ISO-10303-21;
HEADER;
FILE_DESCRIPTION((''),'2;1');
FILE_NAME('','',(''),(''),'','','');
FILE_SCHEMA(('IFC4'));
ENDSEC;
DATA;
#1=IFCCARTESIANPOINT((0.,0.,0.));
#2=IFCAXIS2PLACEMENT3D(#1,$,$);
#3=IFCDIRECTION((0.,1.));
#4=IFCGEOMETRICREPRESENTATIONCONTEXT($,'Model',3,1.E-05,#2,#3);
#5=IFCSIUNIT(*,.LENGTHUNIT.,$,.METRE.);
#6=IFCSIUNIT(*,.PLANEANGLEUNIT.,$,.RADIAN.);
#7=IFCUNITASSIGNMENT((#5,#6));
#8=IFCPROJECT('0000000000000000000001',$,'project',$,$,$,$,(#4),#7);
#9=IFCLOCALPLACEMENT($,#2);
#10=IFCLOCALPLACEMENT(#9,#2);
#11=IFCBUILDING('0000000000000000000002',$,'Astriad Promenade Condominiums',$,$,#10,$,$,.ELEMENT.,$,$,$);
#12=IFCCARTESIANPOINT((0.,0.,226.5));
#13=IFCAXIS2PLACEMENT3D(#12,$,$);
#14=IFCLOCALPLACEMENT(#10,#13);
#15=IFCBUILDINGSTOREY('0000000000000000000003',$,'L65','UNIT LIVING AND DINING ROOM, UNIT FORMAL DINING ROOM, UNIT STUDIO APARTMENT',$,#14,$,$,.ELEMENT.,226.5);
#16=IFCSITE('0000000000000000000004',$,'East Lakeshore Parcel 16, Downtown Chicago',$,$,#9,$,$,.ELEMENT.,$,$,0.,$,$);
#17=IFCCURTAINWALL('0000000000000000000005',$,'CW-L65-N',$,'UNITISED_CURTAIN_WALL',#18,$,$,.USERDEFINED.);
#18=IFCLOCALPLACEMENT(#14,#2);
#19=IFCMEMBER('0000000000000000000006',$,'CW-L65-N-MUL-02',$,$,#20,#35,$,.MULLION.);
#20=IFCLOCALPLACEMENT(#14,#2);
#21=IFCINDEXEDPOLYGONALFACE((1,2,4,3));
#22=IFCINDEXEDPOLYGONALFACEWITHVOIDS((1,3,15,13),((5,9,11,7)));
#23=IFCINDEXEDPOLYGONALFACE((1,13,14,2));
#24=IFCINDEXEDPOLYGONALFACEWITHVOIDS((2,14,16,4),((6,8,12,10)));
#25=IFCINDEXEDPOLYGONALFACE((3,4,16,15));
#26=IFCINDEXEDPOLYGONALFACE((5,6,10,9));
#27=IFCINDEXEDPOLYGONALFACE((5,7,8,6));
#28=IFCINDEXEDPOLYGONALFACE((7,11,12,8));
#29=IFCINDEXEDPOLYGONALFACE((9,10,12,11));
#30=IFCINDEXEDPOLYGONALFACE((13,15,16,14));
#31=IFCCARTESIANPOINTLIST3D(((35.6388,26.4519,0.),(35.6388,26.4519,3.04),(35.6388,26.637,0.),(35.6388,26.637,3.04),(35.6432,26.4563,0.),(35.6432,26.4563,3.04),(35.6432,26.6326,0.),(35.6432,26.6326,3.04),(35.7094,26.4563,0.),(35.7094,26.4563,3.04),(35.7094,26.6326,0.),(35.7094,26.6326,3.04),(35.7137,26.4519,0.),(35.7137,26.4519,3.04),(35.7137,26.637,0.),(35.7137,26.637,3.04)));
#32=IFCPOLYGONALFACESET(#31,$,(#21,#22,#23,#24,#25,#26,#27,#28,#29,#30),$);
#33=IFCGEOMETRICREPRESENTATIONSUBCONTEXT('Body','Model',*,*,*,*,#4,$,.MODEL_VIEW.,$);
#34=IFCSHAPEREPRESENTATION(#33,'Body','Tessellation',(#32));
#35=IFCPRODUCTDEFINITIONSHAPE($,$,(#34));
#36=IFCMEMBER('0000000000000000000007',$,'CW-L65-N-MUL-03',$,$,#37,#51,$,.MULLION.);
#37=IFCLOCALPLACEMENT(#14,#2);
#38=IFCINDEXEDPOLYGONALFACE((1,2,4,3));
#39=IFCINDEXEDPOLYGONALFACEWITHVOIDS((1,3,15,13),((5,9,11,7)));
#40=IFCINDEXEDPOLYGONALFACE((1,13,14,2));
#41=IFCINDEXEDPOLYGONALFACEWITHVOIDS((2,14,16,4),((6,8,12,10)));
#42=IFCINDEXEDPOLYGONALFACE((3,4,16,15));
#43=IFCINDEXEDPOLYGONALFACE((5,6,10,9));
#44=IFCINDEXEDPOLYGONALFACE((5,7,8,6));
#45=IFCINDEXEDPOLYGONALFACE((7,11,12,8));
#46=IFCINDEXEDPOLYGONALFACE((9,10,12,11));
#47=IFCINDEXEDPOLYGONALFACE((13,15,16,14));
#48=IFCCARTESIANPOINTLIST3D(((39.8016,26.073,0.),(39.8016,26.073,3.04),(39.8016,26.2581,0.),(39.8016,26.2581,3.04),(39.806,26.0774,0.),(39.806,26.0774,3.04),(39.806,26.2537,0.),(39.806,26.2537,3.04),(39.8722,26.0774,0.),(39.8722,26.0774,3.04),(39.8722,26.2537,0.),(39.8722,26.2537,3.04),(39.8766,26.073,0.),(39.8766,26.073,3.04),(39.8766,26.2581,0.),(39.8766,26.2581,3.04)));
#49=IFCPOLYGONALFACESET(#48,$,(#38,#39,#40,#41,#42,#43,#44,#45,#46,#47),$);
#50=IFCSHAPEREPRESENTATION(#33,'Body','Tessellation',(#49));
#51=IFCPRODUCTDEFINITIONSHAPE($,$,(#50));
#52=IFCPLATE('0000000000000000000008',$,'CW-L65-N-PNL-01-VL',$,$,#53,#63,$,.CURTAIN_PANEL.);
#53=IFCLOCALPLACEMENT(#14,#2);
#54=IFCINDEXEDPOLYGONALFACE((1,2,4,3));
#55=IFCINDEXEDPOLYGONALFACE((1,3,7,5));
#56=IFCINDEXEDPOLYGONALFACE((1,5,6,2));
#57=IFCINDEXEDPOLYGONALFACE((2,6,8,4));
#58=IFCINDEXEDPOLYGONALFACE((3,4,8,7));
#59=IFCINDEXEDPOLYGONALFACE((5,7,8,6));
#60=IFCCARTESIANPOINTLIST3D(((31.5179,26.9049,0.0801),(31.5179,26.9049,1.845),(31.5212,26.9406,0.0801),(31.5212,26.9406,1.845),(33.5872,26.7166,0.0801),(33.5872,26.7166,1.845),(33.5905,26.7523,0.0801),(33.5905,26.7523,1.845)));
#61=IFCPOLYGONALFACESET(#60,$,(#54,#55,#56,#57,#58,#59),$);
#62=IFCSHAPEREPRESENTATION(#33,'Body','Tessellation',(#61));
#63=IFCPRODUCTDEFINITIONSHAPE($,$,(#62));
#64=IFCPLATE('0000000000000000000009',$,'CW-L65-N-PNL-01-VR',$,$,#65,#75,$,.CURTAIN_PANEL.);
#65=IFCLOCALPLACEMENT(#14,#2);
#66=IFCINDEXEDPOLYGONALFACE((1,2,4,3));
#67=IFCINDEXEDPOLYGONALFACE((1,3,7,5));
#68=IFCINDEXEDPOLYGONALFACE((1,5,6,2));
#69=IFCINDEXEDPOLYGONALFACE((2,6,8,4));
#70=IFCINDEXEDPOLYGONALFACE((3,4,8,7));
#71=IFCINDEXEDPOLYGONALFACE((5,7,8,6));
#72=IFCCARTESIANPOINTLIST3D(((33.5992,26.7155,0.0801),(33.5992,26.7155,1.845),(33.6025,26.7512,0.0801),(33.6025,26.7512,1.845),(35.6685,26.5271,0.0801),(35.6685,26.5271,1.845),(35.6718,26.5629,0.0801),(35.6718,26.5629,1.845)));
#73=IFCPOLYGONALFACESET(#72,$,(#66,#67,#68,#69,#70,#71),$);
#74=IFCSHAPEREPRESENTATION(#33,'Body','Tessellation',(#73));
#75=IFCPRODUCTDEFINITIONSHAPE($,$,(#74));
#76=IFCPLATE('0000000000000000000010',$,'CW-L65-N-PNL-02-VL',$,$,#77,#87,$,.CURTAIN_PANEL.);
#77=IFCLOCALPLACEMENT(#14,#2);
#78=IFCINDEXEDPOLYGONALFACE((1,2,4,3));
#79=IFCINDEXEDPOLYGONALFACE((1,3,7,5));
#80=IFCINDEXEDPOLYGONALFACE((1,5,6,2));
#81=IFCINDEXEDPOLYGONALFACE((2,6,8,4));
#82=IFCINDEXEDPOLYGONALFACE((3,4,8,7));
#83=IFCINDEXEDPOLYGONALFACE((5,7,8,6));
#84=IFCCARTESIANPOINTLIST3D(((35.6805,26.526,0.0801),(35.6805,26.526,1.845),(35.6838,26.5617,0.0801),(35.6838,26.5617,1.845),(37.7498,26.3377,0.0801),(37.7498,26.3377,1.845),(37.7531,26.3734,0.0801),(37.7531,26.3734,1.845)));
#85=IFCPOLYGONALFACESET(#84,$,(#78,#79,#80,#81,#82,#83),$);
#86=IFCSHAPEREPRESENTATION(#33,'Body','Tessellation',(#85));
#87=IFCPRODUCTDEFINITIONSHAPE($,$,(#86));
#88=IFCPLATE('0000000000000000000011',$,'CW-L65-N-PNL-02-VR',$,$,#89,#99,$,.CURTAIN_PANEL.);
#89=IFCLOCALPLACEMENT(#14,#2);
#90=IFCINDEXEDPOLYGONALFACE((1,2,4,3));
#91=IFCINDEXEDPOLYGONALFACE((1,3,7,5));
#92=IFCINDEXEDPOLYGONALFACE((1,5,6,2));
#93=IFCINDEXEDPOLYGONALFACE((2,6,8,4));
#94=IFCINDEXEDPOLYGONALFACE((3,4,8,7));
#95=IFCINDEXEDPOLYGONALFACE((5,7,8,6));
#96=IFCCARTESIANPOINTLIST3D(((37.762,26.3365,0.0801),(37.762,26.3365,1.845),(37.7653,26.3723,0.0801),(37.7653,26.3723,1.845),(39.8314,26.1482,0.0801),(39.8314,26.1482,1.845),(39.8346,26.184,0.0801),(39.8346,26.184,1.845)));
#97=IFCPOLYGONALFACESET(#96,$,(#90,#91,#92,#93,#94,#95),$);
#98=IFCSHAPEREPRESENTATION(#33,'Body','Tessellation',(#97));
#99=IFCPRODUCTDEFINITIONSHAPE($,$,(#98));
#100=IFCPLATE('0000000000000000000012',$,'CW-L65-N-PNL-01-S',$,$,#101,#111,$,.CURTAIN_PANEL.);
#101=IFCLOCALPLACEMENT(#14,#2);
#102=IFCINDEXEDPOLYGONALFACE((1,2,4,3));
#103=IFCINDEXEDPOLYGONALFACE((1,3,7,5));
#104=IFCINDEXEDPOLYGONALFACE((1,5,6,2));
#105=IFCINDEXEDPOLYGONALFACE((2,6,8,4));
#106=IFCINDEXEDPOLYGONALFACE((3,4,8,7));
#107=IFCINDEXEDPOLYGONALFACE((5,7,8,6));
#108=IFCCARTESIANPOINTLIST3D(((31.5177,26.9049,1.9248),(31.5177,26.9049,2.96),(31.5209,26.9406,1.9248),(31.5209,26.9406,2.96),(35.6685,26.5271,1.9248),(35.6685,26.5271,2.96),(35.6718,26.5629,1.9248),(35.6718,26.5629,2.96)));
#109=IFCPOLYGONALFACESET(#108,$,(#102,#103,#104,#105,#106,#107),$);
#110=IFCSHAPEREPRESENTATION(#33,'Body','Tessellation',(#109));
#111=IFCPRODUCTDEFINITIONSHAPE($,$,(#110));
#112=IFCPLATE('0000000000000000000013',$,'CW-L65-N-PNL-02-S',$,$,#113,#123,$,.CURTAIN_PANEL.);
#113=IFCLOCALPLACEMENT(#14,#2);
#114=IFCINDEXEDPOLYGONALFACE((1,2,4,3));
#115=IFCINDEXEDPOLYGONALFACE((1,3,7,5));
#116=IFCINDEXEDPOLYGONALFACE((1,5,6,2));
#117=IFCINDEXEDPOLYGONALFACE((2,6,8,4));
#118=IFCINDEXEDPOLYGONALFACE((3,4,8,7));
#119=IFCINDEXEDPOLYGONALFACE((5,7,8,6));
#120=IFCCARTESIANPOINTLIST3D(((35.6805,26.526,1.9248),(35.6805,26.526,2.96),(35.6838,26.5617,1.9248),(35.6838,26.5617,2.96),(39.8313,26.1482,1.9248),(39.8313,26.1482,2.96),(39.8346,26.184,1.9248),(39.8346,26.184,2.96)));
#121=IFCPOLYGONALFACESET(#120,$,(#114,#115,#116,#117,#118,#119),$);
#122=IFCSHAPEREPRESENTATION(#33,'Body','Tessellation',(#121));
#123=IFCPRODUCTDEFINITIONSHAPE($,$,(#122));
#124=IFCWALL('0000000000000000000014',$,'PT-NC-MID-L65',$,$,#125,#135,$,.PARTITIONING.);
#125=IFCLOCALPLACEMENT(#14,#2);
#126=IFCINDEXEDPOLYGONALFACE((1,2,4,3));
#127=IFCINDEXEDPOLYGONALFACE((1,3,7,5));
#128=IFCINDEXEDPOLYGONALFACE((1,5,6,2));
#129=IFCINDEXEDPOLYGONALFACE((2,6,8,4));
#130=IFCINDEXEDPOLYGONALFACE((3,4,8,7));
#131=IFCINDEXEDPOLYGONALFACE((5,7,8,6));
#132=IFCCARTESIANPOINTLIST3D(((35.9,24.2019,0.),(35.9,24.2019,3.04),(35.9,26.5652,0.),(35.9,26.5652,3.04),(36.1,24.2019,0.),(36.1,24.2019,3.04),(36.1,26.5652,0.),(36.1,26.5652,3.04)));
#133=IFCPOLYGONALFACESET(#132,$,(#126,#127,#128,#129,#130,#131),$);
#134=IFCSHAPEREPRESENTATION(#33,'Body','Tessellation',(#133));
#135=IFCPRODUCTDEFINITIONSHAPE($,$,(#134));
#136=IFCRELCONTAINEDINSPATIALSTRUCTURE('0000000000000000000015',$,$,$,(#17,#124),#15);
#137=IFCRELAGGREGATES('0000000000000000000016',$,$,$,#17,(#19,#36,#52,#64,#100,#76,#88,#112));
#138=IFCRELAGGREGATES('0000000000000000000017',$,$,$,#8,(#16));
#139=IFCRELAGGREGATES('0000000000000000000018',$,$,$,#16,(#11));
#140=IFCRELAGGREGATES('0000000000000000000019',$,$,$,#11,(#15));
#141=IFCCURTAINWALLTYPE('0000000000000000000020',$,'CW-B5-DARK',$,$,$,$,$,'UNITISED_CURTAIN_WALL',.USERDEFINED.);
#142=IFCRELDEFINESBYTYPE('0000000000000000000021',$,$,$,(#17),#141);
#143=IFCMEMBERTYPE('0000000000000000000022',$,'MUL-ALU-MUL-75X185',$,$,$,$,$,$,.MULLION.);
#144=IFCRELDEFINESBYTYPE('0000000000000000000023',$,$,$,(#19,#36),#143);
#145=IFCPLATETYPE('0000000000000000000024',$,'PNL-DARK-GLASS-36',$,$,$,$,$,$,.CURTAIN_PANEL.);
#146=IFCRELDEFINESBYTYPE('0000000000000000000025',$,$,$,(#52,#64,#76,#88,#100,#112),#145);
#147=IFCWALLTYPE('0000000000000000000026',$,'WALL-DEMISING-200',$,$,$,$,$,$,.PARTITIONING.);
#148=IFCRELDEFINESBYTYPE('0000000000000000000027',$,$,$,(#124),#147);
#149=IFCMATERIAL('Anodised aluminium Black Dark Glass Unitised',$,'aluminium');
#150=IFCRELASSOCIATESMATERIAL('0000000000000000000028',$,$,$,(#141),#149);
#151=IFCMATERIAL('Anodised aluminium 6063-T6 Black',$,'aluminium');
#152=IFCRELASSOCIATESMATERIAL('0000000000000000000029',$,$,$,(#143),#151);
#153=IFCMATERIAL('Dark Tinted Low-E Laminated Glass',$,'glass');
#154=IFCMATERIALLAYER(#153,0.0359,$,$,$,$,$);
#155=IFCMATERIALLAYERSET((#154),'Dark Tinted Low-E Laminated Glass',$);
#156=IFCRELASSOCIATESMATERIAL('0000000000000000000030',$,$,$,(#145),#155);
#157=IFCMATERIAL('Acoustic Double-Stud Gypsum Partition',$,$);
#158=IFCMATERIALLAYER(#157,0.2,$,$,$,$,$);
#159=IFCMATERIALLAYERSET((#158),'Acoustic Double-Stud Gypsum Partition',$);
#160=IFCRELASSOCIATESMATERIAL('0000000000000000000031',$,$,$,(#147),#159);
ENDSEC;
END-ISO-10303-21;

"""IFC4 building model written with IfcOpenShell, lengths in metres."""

from ifc_helpers import new_model, si_unit, direction, frame, frame_2d, origin, origin_2d, place, context, subcontext, project, spatial, rectangle, hollow_rectangle, extrude, source, transform, mapped, material, layer, layer_set, material_profile, profile_set, type_object, type_shapes, element, aggregate, save


model = new_model("IFC4")

# Units and contexts
model_context = context("Model", 3, precision=1e-05, world=origin(), true_north=direction((0.0, 1.0)))
body_context = subcontext(model_context, "Body", "Model", "MODEL_VIEW")
ifc_project = project(units=[si_unit("LENGTHUNIT", "METRE"), si_unit("PLANEANGLEUNIT", "RADIAN")], contexts=[model_context])

# Site, building, storey
site_placement = place(None, origin())
site = spatial("IfcSite", under=ifc_project, at=site_placement, Name="East Lakeshore Parcel 16, Downtown Chicago", CompositionType="ELEMENT", RefElevation=0.0)
building_placement = place(site_placement, origin())
building = spatial("IfcBuilding", under=site, at=building_placement, Name="Astriad Promenade Condominiums", CompositionType="ELEMENT")
storey_placement = place(building_placement, frame((0.0, 0.0, 226.5)))
storey = spatial("IfcBuildingStorey", under=building, at=storey_placement, Name="L65", Description="UNIT LIVING AND DINING ROOM, UNIT FORMAL DINING ROOM, UNIT STUDIO APARTMENT", CompositionType="ELEMENT", Elevation=226.5)

# Curtain wall, members, plates
ifc_material_1 = material(Name="Anodised aluminium Black Dark Glass Unitised", Category="aluminium")
curtain_wall_type = type_object("IfcCurtainWallType", Name="CW-B5-DARK", ElementType="UNITISED_CURTAIN_WALL", PredefinedType="USERDEFINED", material=ifc_material_1)
curtain_wall_placement = place(storey_placement, origin())
curtain_wall = element("IfcCurtainWall", 1, at=curtain_wall_placement, inside=storey, type_object=curtain_wall_type, Name="CW-L65-N", ObjectType="UNITISED_CURTAIN_WALL", PredefinedType="USERDEFINED")
ifc_material_2 = material(Name="Anodised aluminium 6063-T6 Black", Category="aluminium")
ifc_material_profile_1 = material_profile(ifc_material_2, hollow_rectangle(XDim=0.075, YDim=0.1851, WallThickness=0.0044, at=origin_2d()), Name="ALU-MUL-75X185")
ifc_profile_set_1 = profile_set([ifc_material_profile_1], Name="Anodised aluminium 6063-T6 Black")
member_type_1 = type_object("IfcMemberType", Name="MUL-ALU-MUL-75X185", PredefinedType="MULLION", material=ifc_profile_set_1)
shared_shape_1 = source(origin(), body_context, "Body", "SweptSolid", [
    extrude(hollow_rectangle(XDim=0.075, YDim=0.1851, WallThickness=0.0044, at=origin_2d()), origin(), (0.0, 0.0, 1.0), 3.04),
])
type_shapes(member_type_1, [shared_shape_1])
member_1_placement = place(storey_placement, frame((35.6763, 26.5444, 0.0), z_axis=(0.0, 0.0, 1.0), x_axis=(1.0, 0.0, 0.0)))
member_1 = element("IfcMember", 2, at=member_1_placement, type_object=member_type_1, Name="CW-L65-N-MUL-02", PredefinedType="MULLION", context=body_context, shape_type="MappedRepresentation", body=[
    mapped(shared_shape_1, transform((0.0, 0.0, 0.0), scale=1.0)),
])
member_2_placement = place(storey_placement, frame((39.8391, 26.1655, 0.0), z_axis=(0.0, 0.0, 1.0), x_axis=(1.0, 0.0, 0.0)))
member_2 = element("IfcMember", 3, at=member_2_placement, type_object=member_type_1, Name="CW-L65-N-MUL-03", PredefinedType="MULLION", context=body_context, shape_type="MappedRepresentation", body=[
    mapped(shared_shape_1, transform((0.0, 0.0, 0.0), scale=1.0)),
])
ifc_material_3 = material(Name="Dark Tinted Low-E Laminated Glass", Category="glass")
ifc_layer_1 = layer(ifc_material_3, 0.0359)
ifc_layer_set_1 = layer_set([ifc_layer_1], Name="Dark Tinted Low-E Laminated Glass")
plate_type = type_object("IfcPlateType", Name="PNL-DARK-GLASS-36", PredefinedType="CURTAIN_PANEL", material=ifc_layer_set_1)
shared_shape_2 = source(origin(), body_context, "Body", "SweptSolid", [
    extrude(rectangle(XDim=2.0779, YDim=0.0359, at=origin_2d()), origin(), (0.0, 0.0, 1.0), 1.7649),
])
plate_1_placement = place(storey_placement, frame((32.5542, 26.8286, 0.0801), z_axis=(0.0, 0.0, 1.0), x_axis=(0.995884, -0.090633, 0.0)))
plate_1 = element("IfcPlate", 4, at=plate_1_placement, type_object=plate_type, Name="CW-L65-N-PNL-01-VL", PredefinedType="CURTAIN_PANEL", context=body_context, shape_type="MappedRepresentation", body=[
    mapped(shared_shape_2, transform((0.0, 0.0, 0.0), scale=1.0)),
])
plate_2_placement = place(storey_placement, frame((34.6355, 26.6392, 0.0801), z_axis=(0.0, 0.0, 1.0), x_axis=(0.995884, -0.090633, 0.0)))
plate_2 = element("IfcPlate", 5, at=plate_2_placement, type_object=plate_type, Name="CW-L65-N-PNL-01-VR", PredefinedType="CURTAIN_PANEL", context=body_context, shape_type="MappedRepresentation", body=[
    mapped(shared_shape_2, transform((0.0, 0.0, 0.0), scale=1.0)),
])
plate_3_placement = place(storey_placement, frame((36.7168, 26.4497, 0.0801), z_axis=(0.0, 0.0, 1.0), x_axis=(0.995884, -0.090633, 0.0)))
plate_3 = element("IfcPlate", 6, at=plate_3_placement, type_object=plate_type, Name="CW-L65-N-PNL-02-VL", PredefinedType="CURTAIN_PANEL", context=body_context, shape_type="MappedRepresentation", body=[
    mapped(shared_shape_2, transform((0.0, 0.0, 0.0), scale=1.0)),
])
plate_4_placement = place(storey_placement, frame((38.7983, 26.2603, 0.0801), z_axis=(0.0, 0.0, 1.0), x_axis=(0.995884, -0.090633, 0.0)))
plate_4 = element("IfcPlate", 7, at=plate_4_placement, type_object=plate_type, Name="CW-L65-N-PNL-02-VR", PredefinedType="CURTAIN_PANEL", context=body_context, shape_type="MappedRepresentation", body=[
    mapped(shared_shape_2, transform((0.0, 0.0, 0.0), scale=1.0)),
])
shared_shape_3 = source(origin(), body_context, "Body", "SweptSolid", [
    extrude(rectangle(XDim=4.168, YDim=0.0359, at=origin_2d()), origin(), (0.0, 0.0, 1.0), 1.0352),
])
type_shapes(plate_type, [shared_shape_2, shared_shape_3])
plate_5_placement = place(storey_placement, frame((33.5947, 26.7339, 1.9248), z_axis=(0.0, 0.0, 1.0), x_axis=(0.995884, -0.090633, 0.0)))
plate_5 = element("IfcPlate", 8, at=plate_5_placement, type_object=plate_type, Name="CW-L65-N-PNL-01-S", PredefinedType="CURTAIN_PANEL", context=body_context, shape_type="MappedRepresentation", body=[
    mapped(shared_shape_3, transform((0.0, 0.0, 0.0), scale=1.0)),
])
plate_6_placement = place(storey_placement, frame((37.7576, 26.355, 1.9248), z_axis=(0.0, 0.0, 1.0), x_axis=(0.995884, -0.090633, 0.0)))
plate_6 = element("IfcPlate", 9, at=plate_6_placement, type_object=plate_type, Name="CW-L65-N-PNL-02-S", PredefinedType="CURTAIN_PANEL", context=body_context, shape_type="MappedRepresentation", body=[
    mapped(shared_shape_3, transform((0.0, 0.0, 0.0), scale=1.0)),
])
aggregate(curtain_wall, [member_1, member_2, plate_1, plate_2, plate_5, plate_3, plate_4, plate_6])

# Wall
ifc_material_4 = material(Name="Acoustic Double-Stud Gypsum Partition")
ifc_layer_2 = layer(ifc_material_4, 0.2)
ifc_layer_set_2 = layer_set([ifc_layer_2], Name="Acoustic Double-Stud Gypsum Partition")
wall_type_1 = type_object("IfcWallType", Name="WALL-DEMISING-200", PredefinedType="PARTITIONING", material=ifc_layer_set_2)
wall_1_placement = place(storey_placement, frame((36.0, 24.2019, 0.0), z_axis=(0.0, 0.0, 1.0), x_axis=(0.0, 1.0, 0.0)))
element("IfcWall", 10, at=wall_1_placement, inside=storey, type_object=wall_type_1, Name="PT-NC-MID-L65", PredefinedType="PARTITIONING", context=body_context, shape_type="SweptSolid", body=[
    extrude(rectangle(XDim=2.3633, YDim=0.2, at=frame_2d((1.1816, 0.0))), origin(), (0.0, 0.0, 1.0), 3.04),
])

save(model, "model.ifc")
